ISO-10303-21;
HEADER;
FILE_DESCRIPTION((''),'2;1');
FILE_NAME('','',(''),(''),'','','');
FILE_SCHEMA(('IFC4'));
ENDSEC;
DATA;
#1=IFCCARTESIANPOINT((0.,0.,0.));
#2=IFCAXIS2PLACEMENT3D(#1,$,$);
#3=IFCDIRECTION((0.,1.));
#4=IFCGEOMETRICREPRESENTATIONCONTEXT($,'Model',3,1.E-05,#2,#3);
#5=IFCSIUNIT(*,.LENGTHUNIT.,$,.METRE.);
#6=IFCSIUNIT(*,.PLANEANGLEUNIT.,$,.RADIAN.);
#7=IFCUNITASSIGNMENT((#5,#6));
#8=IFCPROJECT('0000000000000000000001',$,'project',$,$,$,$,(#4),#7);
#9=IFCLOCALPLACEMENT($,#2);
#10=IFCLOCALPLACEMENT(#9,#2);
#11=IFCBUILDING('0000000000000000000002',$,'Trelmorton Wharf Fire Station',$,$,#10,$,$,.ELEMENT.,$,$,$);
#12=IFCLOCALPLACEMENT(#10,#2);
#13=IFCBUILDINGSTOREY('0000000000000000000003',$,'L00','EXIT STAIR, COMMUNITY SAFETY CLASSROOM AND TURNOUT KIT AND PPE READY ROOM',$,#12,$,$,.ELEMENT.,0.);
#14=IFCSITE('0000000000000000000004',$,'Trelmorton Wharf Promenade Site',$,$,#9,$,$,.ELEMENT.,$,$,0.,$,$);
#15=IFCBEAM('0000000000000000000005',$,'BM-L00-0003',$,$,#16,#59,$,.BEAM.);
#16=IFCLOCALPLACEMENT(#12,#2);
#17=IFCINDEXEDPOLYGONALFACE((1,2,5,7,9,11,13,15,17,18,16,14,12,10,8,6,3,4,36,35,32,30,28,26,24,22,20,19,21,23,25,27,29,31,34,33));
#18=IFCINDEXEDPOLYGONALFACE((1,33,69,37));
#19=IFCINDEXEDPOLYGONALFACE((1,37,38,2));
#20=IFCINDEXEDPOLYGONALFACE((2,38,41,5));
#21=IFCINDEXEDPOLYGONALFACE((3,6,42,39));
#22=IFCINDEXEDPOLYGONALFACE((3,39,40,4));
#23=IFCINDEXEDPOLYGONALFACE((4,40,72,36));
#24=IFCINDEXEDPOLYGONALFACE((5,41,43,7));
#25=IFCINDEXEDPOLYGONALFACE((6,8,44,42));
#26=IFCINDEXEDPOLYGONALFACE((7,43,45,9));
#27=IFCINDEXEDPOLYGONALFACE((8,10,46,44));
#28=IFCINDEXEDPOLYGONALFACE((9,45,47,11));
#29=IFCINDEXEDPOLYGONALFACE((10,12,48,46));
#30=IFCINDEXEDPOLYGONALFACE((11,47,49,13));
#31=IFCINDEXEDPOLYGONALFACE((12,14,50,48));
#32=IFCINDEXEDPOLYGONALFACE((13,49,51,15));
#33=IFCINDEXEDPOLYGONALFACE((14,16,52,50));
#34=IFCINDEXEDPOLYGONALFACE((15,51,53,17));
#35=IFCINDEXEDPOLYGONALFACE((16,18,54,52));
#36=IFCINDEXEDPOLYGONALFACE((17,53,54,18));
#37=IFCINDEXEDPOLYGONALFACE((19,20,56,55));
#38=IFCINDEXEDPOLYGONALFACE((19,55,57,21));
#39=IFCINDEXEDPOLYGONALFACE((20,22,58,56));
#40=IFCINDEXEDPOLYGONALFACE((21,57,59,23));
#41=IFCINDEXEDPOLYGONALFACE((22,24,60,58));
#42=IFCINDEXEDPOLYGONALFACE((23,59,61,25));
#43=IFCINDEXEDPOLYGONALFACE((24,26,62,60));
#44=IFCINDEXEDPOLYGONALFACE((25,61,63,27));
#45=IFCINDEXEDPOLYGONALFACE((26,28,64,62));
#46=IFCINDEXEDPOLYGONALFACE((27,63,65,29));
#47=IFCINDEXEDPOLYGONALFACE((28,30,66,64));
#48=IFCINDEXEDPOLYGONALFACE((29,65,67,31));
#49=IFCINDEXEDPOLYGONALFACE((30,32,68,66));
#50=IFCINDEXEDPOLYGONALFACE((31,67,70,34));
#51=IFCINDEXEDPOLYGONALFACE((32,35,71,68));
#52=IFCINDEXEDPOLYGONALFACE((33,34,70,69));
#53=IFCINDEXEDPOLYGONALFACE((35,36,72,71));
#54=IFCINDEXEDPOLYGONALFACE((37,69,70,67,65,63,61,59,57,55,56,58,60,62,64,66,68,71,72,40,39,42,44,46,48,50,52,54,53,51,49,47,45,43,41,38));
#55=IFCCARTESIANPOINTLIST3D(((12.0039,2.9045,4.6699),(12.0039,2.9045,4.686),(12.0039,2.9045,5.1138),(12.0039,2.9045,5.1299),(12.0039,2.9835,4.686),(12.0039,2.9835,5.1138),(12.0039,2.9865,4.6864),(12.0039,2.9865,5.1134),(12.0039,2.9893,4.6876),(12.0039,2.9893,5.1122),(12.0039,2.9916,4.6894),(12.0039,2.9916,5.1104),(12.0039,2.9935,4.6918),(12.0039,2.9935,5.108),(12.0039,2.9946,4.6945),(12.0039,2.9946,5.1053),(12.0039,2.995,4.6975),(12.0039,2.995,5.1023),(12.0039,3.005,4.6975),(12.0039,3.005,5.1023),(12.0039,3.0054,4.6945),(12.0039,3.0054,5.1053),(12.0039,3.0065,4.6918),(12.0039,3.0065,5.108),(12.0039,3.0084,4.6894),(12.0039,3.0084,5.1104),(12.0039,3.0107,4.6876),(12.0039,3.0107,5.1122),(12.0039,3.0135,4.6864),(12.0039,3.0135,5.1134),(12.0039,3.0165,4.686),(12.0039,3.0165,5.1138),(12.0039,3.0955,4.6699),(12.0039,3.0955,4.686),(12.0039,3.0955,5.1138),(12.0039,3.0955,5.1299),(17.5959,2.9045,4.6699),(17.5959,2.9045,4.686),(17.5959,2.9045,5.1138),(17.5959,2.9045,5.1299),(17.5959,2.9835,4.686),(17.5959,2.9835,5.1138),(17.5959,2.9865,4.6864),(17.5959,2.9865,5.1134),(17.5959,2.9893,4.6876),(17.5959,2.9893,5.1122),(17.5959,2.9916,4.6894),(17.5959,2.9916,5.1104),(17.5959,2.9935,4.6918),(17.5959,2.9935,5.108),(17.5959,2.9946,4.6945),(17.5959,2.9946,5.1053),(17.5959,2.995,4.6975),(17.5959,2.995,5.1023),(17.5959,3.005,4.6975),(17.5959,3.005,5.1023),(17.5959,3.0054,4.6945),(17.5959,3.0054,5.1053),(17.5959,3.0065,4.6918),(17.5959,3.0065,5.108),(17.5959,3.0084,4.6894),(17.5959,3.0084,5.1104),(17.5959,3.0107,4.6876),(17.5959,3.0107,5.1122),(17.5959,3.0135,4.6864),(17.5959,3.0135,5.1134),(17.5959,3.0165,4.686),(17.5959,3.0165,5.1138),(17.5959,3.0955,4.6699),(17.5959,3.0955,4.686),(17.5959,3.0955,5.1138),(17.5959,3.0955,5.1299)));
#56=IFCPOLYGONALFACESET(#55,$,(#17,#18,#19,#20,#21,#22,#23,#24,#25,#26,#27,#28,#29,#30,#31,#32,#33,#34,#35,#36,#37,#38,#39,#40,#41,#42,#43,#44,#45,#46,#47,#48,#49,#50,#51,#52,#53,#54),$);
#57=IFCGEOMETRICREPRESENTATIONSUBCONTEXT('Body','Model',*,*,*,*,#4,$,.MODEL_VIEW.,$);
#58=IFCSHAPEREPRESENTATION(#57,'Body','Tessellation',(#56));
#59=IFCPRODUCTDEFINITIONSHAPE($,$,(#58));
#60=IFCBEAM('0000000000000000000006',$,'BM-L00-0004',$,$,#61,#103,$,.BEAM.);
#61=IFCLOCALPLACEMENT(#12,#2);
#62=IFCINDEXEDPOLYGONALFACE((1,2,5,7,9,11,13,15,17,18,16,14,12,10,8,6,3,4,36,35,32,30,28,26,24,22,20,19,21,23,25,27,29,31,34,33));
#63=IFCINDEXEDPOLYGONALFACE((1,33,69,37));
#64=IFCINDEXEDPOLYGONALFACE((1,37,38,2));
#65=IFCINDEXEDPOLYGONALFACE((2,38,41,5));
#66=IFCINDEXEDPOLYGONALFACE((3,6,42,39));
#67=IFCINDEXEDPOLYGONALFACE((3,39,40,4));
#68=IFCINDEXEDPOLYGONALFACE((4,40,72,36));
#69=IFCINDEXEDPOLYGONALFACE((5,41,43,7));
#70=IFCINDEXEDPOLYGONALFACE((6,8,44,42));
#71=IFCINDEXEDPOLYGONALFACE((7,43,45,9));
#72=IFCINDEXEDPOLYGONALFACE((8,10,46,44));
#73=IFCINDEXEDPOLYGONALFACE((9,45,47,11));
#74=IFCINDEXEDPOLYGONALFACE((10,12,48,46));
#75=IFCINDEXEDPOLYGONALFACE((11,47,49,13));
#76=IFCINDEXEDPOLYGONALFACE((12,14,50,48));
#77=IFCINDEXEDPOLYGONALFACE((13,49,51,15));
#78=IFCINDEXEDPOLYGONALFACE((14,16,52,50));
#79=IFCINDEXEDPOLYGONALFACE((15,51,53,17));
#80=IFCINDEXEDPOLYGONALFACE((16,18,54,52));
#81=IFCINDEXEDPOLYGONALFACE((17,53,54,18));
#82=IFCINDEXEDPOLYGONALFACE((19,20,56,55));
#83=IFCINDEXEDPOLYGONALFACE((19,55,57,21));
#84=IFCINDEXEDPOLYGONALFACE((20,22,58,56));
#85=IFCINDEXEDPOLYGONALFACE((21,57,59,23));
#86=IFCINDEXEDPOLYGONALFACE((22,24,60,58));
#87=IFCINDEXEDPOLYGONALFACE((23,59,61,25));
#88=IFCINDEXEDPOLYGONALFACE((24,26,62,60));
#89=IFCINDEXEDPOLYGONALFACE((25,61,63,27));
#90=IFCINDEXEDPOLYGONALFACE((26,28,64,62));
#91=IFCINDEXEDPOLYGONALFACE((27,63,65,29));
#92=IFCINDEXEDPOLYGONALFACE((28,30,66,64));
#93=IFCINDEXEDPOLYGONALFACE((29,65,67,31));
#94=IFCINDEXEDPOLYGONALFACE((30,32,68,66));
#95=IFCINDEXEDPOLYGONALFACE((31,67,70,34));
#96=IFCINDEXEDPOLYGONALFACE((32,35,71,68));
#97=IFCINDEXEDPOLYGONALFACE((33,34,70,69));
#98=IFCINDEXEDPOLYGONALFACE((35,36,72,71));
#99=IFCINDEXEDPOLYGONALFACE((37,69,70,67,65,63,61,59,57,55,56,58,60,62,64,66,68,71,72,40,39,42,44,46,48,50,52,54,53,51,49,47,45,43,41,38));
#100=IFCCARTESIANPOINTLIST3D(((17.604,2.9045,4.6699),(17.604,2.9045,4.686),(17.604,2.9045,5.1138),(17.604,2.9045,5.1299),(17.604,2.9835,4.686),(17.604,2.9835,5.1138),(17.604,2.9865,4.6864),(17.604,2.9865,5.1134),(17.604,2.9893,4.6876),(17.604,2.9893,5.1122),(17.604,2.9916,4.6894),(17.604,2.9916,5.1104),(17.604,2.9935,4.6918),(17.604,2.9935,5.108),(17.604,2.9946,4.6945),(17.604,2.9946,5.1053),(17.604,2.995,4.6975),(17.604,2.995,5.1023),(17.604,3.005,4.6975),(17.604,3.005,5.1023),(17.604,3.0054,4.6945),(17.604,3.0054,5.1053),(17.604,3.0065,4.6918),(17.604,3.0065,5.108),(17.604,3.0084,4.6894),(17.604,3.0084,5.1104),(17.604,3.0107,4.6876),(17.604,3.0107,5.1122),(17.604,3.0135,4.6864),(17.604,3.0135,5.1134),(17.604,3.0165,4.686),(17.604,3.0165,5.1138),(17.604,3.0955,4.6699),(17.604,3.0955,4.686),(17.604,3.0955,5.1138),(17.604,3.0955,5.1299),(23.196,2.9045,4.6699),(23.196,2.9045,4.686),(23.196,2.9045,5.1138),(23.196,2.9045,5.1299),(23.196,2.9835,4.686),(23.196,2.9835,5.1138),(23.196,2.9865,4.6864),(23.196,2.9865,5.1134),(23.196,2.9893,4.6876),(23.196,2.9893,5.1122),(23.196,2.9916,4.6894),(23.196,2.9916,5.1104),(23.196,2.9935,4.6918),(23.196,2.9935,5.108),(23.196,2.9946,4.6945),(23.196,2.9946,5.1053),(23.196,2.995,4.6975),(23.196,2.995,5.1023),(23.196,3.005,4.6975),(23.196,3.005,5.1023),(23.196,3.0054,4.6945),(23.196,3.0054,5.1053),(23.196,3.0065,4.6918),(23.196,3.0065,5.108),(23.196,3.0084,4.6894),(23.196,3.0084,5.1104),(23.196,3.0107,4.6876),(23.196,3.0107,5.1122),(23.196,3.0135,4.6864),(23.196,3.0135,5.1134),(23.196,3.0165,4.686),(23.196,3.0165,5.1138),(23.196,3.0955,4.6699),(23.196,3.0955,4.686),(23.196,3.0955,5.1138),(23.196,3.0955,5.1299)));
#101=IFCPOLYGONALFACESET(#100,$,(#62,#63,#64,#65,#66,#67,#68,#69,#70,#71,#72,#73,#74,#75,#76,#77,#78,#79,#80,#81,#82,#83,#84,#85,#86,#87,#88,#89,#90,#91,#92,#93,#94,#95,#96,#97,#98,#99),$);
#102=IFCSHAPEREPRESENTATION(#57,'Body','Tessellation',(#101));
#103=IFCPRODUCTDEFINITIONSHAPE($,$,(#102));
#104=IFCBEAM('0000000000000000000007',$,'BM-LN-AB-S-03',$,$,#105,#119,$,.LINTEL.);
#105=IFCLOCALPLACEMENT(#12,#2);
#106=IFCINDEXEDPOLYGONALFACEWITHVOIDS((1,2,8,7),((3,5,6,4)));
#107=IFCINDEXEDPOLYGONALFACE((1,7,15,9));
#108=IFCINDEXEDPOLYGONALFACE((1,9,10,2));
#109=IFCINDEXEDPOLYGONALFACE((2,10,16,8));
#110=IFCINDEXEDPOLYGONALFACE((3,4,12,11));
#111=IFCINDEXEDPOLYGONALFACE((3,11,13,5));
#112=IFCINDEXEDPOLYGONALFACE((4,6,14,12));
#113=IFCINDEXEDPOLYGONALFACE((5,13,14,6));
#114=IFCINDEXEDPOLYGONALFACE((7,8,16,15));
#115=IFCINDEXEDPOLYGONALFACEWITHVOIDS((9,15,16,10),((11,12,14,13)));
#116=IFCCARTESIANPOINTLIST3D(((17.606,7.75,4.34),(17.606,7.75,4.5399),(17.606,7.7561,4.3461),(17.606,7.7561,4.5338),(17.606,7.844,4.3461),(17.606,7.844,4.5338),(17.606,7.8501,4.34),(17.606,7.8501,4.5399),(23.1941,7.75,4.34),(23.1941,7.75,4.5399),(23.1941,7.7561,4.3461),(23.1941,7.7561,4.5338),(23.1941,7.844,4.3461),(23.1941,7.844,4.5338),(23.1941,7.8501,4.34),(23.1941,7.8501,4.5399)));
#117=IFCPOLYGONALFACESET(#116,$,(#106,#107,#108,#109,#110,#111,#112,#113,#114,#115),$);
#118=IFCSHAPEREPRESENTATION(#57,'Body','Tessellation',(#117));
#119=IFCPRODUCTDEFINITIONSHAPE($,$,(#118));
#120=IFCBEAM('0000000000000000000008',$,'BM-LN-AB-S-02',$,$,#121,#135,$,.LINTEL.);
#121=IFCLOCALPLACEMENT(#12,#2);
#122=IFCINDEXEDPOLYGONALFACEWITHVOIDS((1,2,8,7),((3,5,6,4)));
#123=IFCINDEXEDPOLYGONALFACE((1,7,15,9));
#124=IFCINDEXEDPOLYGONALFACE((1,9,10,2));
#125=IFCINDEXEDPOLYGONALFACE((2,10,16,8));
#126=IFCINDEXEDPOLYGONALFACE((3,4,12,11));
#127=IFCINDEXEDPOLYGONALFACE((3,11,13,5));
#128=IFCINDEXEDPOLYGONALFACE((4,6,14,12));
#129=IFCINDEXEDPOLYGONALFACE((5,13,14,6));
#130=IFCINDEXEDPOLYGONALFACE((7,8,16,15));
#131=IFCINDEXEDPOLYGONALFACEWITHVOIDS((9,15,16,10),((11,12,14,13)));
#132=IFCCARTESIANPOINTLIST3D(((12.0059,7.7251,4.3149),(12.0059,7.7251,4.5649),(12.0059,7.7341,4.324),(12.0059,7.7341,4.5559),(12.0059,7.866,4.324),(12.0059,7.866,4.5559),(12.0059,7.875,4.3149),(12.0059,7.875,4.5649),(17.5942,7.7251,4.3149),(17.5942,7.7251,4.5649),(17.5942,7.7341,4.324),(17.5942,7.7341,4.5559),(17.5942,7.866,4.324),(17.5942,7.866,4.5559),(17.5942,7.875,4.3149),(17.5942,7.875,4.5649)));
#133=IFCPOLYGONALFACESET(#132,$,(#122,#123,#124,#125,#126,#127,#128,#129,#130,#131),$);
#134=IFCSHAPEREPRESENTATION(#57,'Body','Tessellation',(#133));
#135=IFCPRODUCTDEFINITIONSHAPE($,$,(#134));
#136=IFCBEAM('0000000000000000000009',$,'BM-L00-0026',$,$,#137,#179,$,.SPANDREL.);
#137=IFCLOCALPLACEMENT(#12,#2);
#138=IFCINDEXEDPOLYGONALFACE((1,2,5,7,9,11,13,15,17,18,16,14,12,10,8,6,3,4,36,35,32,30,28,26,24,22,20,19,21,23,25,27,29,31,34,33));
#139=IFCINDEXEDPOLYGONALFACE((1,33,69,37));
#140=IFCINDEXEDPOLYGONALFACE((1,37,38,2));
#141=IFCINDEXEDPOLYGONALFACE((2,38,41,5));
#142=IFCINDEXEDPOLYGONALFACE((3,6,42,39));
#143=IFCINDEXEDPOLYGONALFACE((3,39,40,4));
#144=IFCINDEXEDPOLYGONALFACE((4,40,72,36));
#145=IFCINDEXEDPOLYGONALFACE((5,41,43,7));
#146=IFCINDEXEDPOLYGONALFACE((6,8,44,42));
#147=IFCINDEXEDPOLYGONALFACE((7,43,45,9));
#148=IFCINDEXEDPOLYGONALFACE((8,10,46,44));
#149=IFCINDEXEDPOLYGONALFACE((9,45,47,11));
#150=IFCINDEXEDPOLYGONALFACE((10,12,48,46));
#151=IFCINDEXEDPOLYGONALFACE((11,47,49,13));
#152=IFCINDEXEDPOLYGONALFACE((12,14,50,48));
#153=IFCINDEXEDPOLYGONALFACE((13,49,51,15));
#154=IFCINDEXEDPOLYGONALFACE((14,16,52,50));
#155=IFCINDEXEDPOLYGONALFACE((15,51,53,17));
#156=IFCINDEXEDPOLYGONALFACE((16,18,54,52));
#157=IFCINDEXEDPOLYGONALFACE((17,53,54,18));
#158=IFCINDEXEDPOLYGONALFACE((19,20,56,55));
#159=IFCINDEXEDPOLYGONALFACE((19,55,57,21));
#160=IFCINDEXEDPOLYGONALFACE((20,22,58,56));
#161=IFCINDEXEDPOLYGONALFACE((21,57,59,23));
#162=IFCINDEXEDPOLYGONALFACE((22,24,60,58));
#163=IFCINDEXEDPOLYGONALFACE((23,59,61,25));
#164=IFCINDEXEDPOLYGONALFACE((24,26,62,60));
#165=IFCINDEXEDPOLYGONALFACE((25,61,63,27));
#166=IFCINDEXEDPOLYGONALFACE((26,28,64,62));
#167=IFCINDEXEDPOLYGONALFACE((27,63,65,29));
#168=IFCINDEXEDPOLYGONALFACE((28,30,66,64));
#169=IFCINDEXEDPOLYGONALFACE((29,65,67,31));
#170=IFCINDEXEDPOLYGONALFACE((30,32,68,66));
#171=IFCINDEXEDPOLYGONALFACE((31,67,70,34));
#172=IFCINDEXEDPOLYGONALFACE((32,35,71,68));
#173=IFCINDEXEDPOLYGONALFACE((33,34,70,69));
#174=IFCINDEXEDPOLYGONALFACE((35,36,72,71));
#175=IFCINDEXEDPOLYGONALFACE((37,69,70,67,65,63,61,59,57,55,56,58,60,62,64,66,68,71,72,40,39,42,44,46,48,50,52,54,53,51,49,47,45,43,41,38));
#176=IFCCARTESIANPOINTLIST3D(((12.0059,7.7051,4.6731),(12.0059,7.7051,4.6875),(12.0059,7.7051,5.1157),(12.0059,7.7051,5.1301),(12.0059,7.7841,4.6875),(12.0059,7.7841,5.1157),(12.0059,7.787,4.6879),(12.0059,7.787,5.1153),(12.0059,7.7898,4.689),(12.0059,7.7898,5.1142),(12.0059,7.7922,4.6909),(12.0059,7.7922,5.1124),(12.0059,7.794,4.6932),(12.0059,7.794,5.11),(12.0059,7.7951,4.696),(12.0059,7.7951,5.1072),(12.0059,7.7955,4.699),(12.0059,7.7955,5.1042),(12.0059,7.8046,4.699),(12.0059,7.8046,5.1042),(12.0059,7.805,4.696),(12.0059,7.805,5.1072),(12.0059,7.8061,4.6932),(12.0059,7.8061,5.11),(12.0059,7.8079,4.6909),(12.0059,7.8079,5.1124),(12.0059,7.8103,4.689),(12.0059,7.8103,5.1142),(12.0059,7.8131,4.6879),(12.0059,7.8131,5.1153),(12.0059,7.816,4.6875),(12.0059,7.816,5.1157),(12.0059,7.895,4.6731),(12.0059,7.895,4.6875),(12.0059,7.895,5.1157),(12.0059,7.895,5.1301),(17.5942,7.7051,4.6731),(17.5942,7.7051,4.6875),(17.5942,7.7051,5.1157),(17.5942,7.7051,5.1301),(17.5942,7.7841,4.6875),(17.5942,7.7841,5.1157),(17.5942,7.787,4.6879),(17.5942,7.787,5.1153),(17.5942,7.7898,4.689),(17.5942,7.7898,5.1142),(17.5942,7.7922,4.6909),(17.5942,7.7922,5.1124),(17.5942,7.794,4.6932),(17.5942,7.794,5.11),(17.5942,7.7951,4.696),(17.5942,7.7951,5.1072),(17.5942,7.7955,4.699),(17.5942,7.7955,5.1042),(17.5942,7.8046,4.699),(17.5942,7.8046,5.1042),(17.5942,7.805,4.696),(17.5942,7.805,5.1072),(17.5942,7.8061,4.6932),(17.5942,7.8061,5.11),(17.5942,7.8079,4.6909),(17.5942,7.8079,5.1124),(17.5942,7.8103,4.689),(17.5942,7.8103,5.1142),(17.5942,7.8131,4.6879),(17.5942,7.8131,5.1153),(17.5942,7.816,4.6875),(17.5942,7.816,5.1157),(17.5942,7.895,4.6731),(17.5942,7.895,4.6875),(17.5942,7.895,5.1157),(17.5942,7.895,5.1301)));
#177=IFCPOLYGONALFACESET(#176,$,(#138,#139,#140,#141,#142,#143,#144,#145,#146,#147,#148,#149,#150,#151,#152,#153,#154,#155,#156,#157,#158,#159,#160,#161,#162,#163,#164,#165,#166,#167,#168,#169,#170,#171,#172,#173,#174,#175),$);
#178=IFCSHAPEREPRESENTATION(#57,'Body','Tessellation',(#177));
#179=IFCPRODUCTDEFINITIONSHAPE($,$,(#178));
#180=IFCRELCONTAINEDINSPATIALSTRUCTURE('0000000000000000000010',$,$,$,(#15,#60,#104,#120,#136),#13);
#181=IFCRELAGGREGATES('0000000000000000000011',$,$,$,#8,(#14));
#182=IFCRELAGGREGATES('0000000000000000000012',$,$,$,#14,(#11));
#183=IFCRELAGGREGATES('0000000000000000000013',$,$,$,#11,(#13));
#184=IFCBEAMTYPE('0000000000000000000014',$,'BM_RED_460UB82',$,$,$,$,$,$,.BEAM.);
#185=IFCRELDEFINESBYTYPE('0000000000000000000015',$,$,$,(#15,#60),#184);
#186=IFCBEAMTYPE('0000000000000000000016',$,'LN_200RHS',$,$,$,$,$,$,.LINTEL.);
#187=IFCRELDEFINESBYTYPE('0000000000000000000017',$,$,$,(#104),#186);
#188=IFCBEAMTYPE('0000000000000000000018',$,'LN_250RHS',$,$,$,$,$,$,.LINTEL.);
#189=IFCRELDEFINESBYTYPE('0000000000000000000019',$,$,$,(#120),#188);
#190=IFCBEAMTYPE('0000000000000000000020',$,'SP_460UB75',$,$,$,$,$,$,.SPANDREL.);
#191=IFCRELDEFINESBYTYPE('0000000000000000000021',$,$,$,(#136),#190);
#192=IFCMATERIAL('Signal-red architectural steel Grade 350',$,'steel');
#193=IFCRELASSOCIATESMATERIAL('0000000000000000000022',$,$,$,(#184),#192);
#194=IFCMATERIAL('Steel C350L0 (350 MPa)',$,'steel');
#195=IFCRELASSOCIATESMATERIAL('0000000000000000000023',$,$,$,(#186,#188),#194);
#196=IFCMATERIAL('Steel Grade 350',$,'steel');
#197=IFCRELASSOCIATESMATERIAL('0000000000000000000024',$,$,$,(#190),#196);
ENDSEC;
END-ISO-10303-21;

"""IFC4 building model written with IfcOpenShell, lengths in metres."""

from ifc_helpers import new_model, si_unit, direction, frame, origin, origin_2d, place, context, subcontext, project, spatial, hollow_rectangle, i_section, extrude, material, material_profile, profile_set, type_object, element, save


model = new_model("IFC4")

# Units and contexts
model_context = context("Model", 3, precision=1e-05, world=origin(), true_north=direction((0.0, 1.0)))
body_context = subcontext(model_context, "Body", "Model", "MODEL_VIEW")
ifc_project = project(units=[si_unit("LENGTHUNIT", "METRE"), si_unit("PLANEANGLEUNIT", "RADIAN")], contexts=[model_context])

# Site, building, storey
site_placement = place(None, origin())
site = spatial("IfcSite", under=ifc_project, at=site_placement, Name="Trelmorton Wharf Promenade Site", CompositionType="ELEMENT", RefElevation=0.0)
building_placement = place(site_placement, origin())
building = spatial("IfcBuilding", under=site, at=building_placement, Name="Trelmorton Wharf Fire Station", CompositionType="ELEMENT")
storey_placement = place(building_placement, origin())
storey = spatial("IfcBuildingStorey", under=building, at=storey_placement, Name="L00", Description="EXIT STAIR, COMMUNITY SAFETY CLASSROOM AND TURNOUT KIT AND PPE READY ROOM", CompositionType="ELEMENT", Elevation=0.0)

# Shared definitions
ifc_material_1 = material(Name="Steel Grade 350", Category="steel")
ifc_material_2 = material(Name="Signal-red architectural steel Grade 350", Category="steel")

# Beams
ifc_material_profile_1 = material_profile(ifc_material_2, i_section(OverallWidth=0.1909, OverallDepth=0.46, WebThickness=0.01, FlangeThickness=0.0161, FilletRadius=0.0115, at=origin_2d()), Name="460UB82.1")
ifc_profile_set_1 = profile_set([ifc_material_profile_1], Name="Signal-red architectural steel Grade 350")
beam_type_1 = type_object("IfcBeamType", Name="BM_RED_460UB82", PredefinedType="BEAM", material=ifc_profile_set_1)
for number, where, z_axis, x_axis, name in (
    (1, (12.0039, 3.0, 4.8999), (1.0, 0.0, 0.0), (0.0, 1.0, 0.0), "BM-L00-0003"),
    (2, (17.604, 3.0, 4.8999), (1.0, 0.0, 0.0), (0.0, 1.0, 0.0), "BM-L00-0004"),
):
    element("IfcBeam", number, at=place(storey_placement, frame(where, z_axis=z_axis, x_axis=x_axis)), inside=storey, type_object=beam_type_1, Name=name, PredefinedType="BEAM", context=body_context, shape_type="SweptSolid", body=[
        extrude(i_section(OverallWidth=0.1909, OverallDepth=0.46, WebThickness=0.01, FlangeThickness=0.0161, FilletRadius=0.0115, at=origin_2d()), origin(), (0.0, 0.0, 1.0), 5.592),
    ])
ifc_material_3 = material(Name="Steel C350L0 (350 MPa)", Category="steel")
ifc_material_profile_2 = material_profile(ifc_material_3, hollow_rectangle(XDim=0.1001, YDim=0.2, WallThickness=0.0061, at=origin_2d()), Name="200x100x6.0RHS")
ifc_profile_set_2 = profile_set([ifc_material_profile_2], Name="Steel C350L0 (350 MPa)")
beam_type_2 = type_object("IfcBeamType", Name="LN_200RHS", PredefinedType="LINTEL", material=ifc_profile_set_2)
beam_1_placement = place(storey_placement, frame((17.606, 7.8, 4.4399), z_axis=(1.0, 0.0, 0.0), x_axis=(0.0, 1.0, 0.0)))
element("IfcBeam", 3, at=beam_1_placement, inside=storey, type_object=beam_type_2, Name="BM-LN-AB-S-03", PredefinedType="LINTEL", context=body_context, shape_type="SweptSolid", body=[
    extrude(hollow_rectangle(XDim=0.1001, YDim=0.2, WallThickness=0.0061, at=origin_2d()), origin(), (0.0, 0.0, 1.0), 5.5881),
])
ifc_material_profile_3 = material_profile(ifc_material_3, hollow_rectangle(XDim=0.1499, YDim=0.25, WallThickness=0.009, at=origin_2d()), Name="250x150x9.0RHS")
ifc_profile_set_3 = profile_set([ifc_material_profile_3], Name="Steel C350L0 (350 MPa)")
beam_type_3 = type_object("IfcBeamType", Name="LN_250RHS", PredefinedType="LINTEL", material=ifc_profile_set_3)
beam_2_placement = place(storey_placement, frame((12.0059, 7.8, 4.4399), z_axis=(1.0, 0.0, 0.0), x_axis=(0.0, 1.0, 0.0)))
element("IfcBeam", 4, at=beam_2_placement, inside=storey, type_object=beam_type_3, Name="BM-LN-AB-S-02", PredefinedType="LINTEL", context=body_context, shape_type="SweptSolid", body=[
    extrude(hollow_rectangle(XDim=0.1499, YDim=0.25, WallThickness=0.009, at=origin_2d()), origin(), (0.0, 0.0, 1.0), 5.5884),
])
ifc_material_profile_4 = material_profile(ifc_material_1, i_section(OverallWidth=0.1899, OverallDepth=0.457, WebThickness=0.009, FlangeThickness=0.0144, FilletRadius=0.0115, at=origin_2d()), Name="460UB74.6")
ifc_profile_set_4 = profile_set([ifc_material_profile_4], Name="Steel Grade 350")
beam_type_4 = type_object("IfcBeamType", Name="SP_460UB75", PredefinedType="SPANDREL", material=ifc_profile_set_4)
beam_3_placement = place(storey_placement, frame((12.0059, 7.8, 4.9016), z_axis=(1.0, 0.0, 0.0), x_axis=(0.0, 1.0, 0.0)))
element("IfcBeam", 5, at=beam_3_placement, inside=storey, type_object=beam_type_4, Name="BM-L00-0026", PredefinedType="SPANDREL", context=body_context, shape_type="SweptSolid", body=[
    extrude(i_section(OverallWidth=0.1899, OverallDepth=0.457, WebThickness=0.009, FlangeThickness=0.0144, FilletRadius=0.0115, at=origin_2d()), origin(), (0.0, 0.0, 1.0), 5.5884),
])

save(model, "model.ifc")
